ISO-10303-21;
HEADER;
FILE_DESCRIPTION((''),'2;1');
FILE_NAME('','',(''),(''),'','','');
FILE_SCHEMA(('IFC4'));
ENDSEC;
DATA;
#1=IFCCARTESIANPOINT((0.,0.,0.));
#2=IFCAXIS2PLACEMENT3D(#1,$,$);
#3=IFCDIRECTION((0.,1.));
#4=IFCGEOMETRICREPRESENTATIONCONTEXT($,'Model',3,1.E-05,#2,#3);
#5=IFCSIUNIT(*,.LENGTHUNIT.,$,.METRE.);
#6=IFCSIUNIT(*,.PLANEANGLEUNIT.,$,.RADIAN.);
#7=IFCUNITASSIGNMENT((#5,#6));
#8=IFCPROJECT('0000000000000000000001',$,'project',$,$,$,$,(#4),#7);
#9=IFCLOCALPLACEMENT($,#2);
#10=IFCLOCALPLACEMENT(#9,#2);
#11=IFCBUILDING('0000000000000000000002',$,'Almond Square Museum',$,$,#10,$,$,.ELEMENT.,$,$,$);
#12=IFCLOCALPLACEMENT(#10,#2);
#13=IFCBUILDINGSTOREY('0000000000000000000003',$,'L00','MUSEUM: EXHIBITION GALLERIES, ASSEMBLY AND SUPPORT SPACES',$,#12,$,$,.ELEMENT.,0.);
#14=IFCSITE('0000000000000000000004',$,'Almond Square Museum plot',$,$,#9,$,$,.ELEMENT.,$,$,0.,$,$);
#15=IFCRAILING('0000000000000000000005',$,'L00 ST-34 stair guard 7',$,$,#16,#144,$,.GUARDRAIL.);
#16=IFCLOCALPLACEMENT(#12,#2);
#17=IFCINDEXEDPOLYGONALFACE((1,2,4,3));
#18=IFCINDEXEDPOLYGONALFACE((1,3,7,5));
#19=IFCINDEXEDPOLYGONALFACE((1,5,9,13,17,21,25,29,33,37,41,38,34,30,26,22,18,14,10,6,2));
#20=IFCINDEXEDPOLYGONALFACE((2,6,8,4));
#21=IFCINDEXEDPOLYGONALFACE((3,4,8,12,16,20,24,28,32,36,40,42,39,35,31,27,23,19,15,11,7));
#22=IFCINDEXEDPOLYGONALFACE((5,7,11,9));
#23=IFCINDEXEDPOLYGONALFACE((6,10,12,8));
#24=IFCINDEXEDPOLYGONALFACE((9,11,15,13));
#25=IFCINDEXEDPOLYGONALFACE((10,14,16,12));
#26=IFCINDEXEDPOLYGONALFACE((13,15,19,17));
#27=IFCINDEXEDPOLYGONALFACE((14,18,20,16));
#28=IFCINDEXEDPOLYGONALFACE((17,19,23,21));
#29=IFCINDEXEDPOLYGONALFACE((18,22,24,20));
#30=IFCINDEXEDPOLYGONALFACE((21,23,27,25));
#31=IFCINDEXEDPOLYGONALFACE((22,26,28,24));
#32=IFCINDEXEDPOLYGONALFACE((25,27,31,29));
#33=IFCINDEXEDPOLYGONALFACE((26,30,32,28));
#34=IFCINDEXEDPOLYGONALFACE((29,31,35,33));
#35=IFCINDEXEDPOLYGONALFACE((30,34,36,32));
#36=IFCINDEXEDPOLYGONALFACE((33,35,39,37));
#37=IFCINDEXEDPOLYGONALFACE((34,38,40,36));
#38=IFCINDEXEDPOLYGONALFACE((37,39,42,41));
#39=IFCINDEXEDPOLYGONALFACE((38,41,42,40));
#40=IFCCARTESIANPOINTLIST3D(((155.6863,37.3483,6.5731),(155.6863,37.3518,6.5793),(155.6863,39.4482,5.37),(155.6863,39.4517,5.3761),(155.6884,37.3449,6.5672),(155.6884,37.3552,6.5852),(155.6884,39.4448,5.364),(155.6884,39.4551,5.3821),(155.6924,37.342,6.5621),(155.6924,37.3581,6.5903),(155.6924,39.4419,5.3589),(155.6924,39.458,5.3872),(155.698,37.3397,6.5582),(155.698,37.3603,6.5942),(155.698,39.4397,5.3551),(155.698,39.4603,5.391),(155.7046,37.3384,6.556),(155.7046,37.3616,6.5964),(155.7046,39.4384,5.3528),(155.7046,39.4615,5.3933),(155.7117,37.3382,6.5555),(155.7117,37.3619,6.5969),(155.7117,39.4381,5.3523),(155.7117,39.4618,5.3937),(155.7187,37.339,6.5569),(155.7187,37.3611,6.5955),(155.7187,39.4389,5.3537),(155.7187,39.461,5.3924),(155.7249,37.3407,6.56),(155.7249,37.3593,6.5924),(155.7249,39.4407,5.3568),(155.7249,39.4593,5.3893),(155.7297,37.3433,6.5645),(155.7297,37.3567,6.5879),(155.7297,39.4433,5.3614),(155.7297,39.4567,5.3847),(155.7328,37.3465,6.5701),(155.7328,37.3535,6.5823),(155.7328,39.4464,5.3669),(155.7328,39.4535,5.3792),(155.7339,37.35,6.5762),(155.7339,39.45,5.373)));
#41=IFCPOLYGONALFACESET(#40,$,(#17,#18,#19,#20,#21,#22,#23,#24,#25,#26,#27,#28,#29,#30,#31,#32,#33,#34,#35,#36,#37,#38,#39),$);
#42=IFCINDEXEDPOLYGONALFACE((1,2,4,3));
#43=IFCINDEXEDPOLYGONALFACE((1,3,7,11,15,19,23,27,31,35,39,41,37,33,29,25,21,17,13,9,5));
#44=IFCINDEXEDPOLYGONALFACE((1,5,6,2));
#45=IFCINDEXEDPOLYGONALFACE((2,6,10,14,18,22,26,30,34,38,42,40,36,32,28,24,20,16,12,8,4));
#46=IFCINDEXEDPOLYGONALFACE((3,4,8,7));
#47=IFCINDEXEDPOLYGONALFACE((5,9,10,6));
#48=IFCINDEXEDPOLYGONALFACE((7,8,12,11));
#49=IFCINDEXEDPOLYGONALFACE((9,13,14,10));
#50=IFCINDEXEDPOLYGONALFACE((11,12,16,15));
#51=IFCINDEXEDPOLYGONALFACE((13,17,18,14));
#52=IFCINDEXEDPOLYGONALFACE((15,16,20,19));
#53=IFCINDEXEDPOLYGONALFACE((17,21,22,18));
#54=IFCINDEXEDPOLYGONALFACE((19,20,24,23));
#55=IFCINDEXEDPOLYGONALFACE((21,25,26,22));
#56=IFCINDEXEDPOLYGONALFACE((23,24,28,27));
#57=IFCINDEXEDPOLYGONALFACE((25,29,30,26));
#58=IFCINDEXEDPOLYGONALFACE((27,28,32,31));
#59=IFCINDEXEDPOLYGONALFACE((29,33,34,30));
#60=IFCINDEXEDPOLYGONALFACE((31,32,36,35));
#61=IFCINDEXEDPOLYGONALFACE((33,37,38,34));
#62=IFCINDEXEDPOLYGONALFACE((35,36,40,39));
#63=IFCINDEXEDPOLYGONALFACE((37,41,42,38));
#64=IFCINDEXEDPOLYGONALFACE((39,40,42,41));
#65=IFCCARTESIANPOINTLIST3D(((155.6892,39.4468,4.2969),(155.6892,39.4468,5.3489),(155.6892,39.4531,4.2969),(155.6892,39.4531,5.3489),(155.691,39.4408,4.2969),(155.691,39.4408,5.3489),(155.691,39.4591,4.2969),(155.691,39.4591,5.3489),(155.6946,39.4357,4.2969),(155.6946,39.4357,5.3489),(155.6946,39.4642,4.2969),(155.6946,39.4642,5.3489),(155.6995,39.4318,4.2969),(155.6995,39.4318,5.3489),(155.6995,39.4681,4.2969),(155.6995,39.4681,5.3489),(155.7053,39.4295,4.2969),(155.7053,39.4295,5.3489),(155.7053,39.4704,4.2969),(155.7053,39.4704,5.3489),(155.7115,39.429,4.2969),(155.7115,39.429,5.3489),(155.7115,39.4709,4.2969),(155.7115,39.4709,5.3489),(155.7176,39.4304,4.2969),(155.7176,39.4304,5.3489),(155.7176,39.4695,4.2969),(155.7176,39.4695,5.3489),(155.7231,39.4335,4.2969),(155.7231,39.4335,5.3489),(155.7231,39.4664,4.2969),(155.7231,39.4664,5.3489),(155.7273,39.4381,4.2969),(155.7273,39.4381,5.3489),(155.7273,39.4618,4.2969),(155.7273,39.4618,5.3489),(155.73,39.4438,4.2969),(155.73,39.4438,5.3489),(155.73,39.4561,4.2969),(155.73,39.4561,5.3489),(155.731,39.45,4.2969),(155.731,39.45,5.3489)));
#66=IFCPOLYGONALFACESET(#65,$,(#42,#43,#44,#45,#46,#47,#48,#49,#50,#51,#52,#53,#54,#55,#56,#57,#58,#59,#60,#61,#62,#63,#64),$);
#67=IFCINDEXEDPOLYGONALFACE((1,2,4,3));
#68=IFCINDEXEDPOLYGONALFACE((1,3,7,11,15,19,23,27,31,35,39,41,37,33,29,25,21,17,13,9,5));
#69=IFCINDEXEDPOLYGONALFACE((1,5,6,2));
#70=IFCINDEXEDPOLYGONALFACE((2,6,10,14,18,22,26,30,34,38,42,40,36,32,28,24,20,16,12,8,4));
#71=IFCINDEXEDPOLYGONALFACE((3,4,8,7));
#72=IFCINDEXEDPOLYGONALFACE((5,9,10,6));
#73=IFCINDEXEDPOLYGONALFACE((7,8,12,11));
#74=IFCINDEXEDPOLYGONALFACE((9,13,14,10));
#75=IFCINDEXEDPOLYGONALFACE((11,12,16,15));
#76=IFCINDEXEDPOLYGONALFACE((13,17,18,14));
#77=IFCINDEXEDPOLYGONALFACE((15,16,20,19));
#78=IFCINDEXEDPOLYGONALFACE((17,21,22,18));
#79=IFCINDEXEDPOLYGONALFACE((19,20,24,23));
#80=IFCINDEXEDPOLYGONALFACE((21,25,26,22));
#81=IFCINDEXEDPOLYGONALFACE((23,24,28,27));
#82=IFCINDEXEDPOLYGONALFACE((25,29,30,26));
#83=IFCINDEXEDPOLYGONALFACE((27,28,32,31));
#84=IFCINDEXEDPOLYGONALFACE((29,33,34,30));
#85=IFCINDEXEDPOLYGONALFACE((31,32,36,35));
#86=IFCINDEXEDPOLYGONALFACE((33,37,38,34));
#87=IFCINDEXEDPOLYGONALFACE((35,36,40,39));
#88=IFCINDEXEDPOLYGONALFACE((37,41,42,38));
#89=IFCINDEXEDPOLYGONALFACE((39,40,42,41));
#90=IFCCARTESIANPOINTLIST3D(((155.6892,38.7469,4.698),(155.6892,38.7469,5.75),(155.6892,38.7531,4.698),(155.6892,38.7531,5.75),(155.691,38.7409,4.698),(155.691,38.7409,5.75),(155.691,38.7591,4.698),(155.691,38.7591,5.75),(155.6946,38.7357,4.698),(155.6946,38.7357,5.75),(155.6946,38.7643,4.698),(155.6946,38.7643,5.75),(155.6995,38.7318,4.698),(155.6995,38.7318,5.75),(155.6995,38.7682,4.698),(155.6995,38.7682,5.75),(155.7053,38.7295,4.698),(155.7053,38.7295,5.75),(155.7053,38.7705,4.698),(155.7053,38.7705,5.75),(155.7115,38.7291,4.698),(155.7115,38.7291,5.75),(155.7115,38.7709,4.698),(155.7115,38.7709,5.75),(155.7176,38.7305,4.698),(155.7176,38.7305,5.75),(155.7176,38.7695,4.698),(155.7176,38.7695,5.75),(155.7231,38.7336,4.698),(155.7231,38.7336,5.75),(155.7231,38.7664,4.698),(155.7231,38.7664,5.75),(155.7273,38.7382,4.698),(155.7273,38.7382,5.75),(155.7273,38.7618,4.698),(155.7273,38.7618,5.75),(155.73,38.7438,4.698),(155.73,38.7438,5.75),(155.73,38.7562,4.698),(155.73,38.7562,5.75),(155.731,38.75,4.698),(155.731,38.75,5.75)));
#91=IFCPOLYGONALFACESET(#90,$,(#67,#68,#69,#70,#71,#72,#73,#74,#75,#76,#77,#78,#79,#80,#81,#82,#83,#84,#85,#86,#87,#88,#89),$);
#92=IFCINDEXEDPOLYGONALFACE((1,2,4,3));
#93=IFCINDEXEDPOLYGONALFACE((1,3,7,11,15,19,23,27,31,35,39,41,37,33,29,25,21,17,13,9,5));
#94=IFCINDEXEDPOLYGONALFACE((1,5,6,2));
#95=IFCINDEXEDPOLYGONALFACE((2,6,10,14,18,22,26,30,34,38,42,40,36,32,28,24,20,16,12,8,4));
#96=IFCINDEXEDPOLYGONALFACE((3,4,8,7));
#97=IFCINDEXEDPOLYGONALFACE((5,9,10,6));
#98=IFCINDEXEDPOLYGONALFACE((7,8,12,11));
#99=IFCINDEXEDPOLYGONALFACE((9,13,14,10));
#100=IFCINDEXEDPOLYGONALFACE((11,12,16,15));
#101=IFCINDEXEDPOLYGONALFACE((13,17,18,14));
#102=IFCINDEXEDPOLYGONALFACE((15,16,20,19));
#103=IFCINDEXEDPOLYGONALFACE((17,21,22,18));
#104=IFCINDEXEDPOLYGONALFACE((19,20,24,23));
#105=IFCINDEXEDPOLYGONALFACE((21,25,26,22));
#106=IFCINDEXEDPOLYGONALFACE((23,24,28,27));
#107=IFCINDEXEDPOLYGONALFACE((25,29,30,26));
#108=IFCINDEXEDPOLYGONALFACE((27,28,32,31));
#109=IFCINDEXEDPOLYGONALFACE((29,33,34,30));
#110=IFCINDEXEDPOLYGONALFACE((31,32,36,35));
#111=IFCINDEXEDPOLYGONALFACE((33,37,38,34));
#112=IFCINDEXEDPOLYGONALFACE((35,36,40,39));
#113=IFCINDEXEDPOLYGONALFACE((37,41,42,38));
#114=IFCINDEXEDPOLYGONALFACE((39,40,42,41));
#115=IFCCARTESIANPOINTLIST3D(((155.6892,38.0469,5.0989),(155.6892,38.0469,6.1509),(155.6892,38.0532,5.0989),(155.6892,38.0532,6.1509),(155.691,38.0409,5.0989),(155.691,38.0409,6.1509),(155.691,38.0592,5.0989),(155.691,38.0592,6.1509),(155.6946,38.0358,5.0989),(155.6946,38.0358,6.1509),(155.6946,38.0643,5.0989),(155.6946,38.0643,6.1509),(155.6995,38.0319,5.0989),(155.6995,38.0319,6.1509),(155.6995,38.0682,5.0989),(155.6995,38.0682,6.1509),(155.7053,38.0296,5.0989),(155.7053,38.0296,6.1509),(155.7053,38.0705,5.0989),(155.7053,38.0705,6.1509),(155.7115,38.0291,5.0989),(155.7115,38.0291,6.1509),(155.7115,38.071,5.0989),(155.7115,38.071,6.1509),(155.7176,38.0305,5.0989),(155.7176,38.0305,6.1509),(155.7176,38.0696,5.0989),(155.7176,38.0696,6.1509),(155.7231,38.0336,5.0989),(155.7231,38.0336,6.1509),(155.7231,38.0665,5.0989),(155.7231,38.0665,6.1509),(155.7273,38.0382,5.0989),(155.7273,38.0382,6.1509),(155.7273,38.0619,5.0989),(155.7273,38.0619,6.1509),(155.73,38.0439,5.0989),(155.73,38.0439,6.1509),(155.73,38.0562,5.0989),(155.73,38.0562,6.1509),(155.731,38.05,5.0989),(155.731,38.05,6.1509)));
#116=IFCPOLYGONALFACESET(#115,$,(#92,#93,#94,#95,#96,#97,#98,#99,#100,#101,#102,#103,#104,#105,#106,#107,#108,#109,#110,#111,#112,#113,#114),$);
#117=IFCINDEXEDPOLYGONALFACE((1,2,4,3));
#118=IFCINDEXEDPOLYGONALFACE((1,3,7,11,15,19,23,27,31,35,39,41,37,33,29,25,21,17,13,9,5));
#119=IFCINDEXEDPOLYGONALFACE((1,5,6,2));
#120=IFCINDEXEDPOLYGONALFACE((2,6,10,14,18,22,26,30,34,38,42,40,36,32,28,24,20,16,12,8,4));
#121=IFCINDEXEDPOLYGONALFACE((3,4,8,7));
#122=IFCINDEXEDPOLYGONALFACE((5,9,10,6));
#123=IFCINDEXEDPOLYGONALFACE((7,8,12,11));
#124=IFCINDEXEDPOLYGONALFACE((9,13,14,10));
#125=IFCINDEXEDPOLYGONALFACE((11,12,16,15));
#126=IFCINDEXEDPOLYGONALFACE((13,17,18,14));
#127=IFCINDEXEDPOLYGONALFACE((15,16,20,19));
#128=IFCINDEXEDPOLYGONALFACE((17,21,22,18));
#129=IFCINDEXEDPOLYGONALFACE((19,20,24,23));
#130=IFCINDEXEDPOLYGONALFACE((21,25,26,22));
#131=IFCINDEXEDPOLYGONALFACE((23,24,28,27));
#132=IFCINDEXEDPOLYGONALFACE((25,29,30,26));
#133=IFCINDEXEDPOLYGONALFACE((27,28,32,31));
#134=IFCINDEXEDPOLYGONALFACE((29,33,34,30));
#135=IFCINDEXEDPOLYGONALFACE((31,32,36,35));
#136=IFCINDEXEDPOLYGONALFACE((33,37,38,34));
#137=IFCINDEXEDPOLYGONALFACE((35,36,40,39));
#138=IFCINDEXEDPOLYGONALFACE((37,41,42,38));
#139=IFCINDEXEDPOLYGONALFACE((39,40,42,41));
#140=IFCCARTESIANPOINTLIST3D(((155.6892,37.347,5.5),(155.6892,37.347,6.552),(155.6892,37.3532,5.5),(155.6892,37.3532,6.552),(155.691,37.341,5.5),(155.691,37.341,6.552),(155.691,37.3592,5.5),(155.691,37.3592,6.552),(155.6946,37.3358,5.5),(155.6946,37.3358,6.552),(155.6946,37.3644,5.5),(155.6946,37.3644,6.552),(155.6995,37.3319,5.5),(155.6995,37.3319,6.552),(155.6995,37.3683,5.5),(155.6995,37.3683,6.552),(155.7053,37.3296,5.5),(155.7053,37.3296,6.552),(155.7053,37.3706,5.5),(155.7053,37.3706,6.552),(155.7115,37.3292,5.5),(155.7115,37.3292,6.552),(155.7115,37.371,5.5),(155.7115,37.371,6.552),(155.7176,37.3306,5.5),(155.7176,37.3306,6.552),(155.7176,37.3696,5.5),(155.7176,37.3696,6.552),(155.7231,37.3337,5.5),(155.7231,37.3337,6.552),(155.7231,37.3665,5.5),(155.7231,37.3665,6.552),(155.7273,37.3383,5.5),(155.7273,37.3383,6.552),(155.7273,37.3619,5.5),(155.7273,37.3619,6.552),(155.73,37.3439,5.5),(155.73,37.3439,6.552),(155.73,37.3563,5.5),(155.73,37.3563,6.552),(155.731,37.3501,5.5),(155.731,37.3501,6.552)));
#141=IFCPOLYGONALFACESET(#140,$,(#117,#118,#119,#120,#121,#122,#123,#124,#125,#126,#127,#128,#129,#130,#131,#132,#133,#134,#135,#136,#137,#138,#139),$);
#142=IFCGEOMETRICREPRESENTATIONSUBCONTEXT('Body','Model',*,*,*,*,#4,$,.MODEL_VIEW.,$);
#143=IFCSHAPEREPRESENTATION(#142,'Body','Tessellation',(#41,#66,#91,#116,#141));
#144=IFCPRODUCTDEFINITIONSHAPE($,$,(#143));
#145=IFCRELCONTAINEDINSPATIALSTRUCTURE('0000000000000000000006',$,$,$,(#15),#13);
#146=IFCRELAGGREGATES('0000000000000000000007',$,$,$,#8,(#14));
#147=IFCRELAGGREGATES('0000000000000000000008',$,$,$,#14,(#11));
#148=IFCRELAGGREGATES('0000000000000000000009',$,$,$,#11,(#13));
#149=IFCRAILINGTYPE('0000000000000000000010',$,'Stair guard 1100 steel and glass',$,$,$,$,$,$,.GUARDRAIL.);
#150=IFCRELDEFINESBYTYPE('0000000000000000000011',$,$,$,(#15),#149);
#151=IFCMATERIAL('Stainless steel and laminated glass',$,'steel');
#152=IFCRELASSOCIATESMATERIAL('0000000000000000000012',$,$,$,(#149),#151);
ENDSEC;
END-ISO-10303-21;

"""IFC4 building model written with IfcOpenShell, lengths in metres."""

from ifc_helpers import new_model, si_unit, direction, frame, origin, origin_2d, place, context, subcontext, project, spatial, circle, extrude, material, type_object, element, save


model = new_model("IFC4")

# Units and contexts
model_context = context("Model", 3, precision=1e-05, world=origin(), true_north=direction((0.0, 1.0)))
body_context = subcontext(model_context, "Body", "Model", "MODEL_VIEW")
ifc_project = project(units=[si_unit("LENGTHUNIT", "METRE"), si_unit("PLANEANGLEUNIT", "RADIAN")], contexts=[model_context])

# Site, building, storey
site_placement = place(None, origin())
site = spatial("IfcSite", under=ifc_project, at=site_placement, Name="Almond Square Museum plot", CompositionType="ELEMENT", RefElevation=0.0)
building_placement = place(site_placement, origin())
building = spatial("IfcBuilding", under=site, at=building_placement, Name="Almond Square Museum", CompositionType="ELEMENT")
storey_placement = place(building_placement, origin())
storey = spatial("IfcBuildingStorey", under=building, at=storey_placement, Name="L00", Description="MUSEUM: EXHIBITION GALLERIES, ASSEMBLY AND SUPPORT SPACES", CompositionType="ELEMENT", Elevation=0.0)

# Railing
ifc_material_1 = material(Name="Stainless steel and laminated glass", Category="steel")
railing_type_1 = type_object("IfcRailingType", Name="Stair guard 1100 steel and glass", PredefinedType="GUARDRAIL", material=ifc_material_1)
railing_1_placement = place(storey_placement, frame((155.71, 39.45, 4.2969)))
element("IfcRailing", 1, at=railing_1_placement, inside=storey, type_object=railing_type_1, Name="L00 ST-34 stair guard 7", PredefinedType="GUARDRAIL", context=body_context, shape_type="SweptSolid", body=[
    extrude(circle(Radius=0.0239, at=origin_2d()), frame((0.0, 0.0, 1.0762), z_axis=(0.0, -0.867671, 0.497138), x_axis=(1.0, 0.0, 0.0)), (0.0, 0.0, 1.0), 2.4202),
    extrude(circle(Radius=0.021, at=origin_2d()), origin(), (0.0, 0.0, 1.0), 1.052),
    extrude(circle(Radius=0.021, at=origin_2d()), frame((0.0, -0.7, 0.4011)), (0.0, 0.0, 1.0), 1.052),
    extrude(circle(Radius=0.021, at=origin_2d()), frame((0.0, -1.3999, 0.802)), (0.0, 0.0, 1.0), 1.052),
    extrude(circle(Radius=0.021, at=origin_2d()), frame((0.0, -2.0999, 1.2031)), (0.0, 0.0, 1.0), 1.052),
])

save(model, "model.ifc")
